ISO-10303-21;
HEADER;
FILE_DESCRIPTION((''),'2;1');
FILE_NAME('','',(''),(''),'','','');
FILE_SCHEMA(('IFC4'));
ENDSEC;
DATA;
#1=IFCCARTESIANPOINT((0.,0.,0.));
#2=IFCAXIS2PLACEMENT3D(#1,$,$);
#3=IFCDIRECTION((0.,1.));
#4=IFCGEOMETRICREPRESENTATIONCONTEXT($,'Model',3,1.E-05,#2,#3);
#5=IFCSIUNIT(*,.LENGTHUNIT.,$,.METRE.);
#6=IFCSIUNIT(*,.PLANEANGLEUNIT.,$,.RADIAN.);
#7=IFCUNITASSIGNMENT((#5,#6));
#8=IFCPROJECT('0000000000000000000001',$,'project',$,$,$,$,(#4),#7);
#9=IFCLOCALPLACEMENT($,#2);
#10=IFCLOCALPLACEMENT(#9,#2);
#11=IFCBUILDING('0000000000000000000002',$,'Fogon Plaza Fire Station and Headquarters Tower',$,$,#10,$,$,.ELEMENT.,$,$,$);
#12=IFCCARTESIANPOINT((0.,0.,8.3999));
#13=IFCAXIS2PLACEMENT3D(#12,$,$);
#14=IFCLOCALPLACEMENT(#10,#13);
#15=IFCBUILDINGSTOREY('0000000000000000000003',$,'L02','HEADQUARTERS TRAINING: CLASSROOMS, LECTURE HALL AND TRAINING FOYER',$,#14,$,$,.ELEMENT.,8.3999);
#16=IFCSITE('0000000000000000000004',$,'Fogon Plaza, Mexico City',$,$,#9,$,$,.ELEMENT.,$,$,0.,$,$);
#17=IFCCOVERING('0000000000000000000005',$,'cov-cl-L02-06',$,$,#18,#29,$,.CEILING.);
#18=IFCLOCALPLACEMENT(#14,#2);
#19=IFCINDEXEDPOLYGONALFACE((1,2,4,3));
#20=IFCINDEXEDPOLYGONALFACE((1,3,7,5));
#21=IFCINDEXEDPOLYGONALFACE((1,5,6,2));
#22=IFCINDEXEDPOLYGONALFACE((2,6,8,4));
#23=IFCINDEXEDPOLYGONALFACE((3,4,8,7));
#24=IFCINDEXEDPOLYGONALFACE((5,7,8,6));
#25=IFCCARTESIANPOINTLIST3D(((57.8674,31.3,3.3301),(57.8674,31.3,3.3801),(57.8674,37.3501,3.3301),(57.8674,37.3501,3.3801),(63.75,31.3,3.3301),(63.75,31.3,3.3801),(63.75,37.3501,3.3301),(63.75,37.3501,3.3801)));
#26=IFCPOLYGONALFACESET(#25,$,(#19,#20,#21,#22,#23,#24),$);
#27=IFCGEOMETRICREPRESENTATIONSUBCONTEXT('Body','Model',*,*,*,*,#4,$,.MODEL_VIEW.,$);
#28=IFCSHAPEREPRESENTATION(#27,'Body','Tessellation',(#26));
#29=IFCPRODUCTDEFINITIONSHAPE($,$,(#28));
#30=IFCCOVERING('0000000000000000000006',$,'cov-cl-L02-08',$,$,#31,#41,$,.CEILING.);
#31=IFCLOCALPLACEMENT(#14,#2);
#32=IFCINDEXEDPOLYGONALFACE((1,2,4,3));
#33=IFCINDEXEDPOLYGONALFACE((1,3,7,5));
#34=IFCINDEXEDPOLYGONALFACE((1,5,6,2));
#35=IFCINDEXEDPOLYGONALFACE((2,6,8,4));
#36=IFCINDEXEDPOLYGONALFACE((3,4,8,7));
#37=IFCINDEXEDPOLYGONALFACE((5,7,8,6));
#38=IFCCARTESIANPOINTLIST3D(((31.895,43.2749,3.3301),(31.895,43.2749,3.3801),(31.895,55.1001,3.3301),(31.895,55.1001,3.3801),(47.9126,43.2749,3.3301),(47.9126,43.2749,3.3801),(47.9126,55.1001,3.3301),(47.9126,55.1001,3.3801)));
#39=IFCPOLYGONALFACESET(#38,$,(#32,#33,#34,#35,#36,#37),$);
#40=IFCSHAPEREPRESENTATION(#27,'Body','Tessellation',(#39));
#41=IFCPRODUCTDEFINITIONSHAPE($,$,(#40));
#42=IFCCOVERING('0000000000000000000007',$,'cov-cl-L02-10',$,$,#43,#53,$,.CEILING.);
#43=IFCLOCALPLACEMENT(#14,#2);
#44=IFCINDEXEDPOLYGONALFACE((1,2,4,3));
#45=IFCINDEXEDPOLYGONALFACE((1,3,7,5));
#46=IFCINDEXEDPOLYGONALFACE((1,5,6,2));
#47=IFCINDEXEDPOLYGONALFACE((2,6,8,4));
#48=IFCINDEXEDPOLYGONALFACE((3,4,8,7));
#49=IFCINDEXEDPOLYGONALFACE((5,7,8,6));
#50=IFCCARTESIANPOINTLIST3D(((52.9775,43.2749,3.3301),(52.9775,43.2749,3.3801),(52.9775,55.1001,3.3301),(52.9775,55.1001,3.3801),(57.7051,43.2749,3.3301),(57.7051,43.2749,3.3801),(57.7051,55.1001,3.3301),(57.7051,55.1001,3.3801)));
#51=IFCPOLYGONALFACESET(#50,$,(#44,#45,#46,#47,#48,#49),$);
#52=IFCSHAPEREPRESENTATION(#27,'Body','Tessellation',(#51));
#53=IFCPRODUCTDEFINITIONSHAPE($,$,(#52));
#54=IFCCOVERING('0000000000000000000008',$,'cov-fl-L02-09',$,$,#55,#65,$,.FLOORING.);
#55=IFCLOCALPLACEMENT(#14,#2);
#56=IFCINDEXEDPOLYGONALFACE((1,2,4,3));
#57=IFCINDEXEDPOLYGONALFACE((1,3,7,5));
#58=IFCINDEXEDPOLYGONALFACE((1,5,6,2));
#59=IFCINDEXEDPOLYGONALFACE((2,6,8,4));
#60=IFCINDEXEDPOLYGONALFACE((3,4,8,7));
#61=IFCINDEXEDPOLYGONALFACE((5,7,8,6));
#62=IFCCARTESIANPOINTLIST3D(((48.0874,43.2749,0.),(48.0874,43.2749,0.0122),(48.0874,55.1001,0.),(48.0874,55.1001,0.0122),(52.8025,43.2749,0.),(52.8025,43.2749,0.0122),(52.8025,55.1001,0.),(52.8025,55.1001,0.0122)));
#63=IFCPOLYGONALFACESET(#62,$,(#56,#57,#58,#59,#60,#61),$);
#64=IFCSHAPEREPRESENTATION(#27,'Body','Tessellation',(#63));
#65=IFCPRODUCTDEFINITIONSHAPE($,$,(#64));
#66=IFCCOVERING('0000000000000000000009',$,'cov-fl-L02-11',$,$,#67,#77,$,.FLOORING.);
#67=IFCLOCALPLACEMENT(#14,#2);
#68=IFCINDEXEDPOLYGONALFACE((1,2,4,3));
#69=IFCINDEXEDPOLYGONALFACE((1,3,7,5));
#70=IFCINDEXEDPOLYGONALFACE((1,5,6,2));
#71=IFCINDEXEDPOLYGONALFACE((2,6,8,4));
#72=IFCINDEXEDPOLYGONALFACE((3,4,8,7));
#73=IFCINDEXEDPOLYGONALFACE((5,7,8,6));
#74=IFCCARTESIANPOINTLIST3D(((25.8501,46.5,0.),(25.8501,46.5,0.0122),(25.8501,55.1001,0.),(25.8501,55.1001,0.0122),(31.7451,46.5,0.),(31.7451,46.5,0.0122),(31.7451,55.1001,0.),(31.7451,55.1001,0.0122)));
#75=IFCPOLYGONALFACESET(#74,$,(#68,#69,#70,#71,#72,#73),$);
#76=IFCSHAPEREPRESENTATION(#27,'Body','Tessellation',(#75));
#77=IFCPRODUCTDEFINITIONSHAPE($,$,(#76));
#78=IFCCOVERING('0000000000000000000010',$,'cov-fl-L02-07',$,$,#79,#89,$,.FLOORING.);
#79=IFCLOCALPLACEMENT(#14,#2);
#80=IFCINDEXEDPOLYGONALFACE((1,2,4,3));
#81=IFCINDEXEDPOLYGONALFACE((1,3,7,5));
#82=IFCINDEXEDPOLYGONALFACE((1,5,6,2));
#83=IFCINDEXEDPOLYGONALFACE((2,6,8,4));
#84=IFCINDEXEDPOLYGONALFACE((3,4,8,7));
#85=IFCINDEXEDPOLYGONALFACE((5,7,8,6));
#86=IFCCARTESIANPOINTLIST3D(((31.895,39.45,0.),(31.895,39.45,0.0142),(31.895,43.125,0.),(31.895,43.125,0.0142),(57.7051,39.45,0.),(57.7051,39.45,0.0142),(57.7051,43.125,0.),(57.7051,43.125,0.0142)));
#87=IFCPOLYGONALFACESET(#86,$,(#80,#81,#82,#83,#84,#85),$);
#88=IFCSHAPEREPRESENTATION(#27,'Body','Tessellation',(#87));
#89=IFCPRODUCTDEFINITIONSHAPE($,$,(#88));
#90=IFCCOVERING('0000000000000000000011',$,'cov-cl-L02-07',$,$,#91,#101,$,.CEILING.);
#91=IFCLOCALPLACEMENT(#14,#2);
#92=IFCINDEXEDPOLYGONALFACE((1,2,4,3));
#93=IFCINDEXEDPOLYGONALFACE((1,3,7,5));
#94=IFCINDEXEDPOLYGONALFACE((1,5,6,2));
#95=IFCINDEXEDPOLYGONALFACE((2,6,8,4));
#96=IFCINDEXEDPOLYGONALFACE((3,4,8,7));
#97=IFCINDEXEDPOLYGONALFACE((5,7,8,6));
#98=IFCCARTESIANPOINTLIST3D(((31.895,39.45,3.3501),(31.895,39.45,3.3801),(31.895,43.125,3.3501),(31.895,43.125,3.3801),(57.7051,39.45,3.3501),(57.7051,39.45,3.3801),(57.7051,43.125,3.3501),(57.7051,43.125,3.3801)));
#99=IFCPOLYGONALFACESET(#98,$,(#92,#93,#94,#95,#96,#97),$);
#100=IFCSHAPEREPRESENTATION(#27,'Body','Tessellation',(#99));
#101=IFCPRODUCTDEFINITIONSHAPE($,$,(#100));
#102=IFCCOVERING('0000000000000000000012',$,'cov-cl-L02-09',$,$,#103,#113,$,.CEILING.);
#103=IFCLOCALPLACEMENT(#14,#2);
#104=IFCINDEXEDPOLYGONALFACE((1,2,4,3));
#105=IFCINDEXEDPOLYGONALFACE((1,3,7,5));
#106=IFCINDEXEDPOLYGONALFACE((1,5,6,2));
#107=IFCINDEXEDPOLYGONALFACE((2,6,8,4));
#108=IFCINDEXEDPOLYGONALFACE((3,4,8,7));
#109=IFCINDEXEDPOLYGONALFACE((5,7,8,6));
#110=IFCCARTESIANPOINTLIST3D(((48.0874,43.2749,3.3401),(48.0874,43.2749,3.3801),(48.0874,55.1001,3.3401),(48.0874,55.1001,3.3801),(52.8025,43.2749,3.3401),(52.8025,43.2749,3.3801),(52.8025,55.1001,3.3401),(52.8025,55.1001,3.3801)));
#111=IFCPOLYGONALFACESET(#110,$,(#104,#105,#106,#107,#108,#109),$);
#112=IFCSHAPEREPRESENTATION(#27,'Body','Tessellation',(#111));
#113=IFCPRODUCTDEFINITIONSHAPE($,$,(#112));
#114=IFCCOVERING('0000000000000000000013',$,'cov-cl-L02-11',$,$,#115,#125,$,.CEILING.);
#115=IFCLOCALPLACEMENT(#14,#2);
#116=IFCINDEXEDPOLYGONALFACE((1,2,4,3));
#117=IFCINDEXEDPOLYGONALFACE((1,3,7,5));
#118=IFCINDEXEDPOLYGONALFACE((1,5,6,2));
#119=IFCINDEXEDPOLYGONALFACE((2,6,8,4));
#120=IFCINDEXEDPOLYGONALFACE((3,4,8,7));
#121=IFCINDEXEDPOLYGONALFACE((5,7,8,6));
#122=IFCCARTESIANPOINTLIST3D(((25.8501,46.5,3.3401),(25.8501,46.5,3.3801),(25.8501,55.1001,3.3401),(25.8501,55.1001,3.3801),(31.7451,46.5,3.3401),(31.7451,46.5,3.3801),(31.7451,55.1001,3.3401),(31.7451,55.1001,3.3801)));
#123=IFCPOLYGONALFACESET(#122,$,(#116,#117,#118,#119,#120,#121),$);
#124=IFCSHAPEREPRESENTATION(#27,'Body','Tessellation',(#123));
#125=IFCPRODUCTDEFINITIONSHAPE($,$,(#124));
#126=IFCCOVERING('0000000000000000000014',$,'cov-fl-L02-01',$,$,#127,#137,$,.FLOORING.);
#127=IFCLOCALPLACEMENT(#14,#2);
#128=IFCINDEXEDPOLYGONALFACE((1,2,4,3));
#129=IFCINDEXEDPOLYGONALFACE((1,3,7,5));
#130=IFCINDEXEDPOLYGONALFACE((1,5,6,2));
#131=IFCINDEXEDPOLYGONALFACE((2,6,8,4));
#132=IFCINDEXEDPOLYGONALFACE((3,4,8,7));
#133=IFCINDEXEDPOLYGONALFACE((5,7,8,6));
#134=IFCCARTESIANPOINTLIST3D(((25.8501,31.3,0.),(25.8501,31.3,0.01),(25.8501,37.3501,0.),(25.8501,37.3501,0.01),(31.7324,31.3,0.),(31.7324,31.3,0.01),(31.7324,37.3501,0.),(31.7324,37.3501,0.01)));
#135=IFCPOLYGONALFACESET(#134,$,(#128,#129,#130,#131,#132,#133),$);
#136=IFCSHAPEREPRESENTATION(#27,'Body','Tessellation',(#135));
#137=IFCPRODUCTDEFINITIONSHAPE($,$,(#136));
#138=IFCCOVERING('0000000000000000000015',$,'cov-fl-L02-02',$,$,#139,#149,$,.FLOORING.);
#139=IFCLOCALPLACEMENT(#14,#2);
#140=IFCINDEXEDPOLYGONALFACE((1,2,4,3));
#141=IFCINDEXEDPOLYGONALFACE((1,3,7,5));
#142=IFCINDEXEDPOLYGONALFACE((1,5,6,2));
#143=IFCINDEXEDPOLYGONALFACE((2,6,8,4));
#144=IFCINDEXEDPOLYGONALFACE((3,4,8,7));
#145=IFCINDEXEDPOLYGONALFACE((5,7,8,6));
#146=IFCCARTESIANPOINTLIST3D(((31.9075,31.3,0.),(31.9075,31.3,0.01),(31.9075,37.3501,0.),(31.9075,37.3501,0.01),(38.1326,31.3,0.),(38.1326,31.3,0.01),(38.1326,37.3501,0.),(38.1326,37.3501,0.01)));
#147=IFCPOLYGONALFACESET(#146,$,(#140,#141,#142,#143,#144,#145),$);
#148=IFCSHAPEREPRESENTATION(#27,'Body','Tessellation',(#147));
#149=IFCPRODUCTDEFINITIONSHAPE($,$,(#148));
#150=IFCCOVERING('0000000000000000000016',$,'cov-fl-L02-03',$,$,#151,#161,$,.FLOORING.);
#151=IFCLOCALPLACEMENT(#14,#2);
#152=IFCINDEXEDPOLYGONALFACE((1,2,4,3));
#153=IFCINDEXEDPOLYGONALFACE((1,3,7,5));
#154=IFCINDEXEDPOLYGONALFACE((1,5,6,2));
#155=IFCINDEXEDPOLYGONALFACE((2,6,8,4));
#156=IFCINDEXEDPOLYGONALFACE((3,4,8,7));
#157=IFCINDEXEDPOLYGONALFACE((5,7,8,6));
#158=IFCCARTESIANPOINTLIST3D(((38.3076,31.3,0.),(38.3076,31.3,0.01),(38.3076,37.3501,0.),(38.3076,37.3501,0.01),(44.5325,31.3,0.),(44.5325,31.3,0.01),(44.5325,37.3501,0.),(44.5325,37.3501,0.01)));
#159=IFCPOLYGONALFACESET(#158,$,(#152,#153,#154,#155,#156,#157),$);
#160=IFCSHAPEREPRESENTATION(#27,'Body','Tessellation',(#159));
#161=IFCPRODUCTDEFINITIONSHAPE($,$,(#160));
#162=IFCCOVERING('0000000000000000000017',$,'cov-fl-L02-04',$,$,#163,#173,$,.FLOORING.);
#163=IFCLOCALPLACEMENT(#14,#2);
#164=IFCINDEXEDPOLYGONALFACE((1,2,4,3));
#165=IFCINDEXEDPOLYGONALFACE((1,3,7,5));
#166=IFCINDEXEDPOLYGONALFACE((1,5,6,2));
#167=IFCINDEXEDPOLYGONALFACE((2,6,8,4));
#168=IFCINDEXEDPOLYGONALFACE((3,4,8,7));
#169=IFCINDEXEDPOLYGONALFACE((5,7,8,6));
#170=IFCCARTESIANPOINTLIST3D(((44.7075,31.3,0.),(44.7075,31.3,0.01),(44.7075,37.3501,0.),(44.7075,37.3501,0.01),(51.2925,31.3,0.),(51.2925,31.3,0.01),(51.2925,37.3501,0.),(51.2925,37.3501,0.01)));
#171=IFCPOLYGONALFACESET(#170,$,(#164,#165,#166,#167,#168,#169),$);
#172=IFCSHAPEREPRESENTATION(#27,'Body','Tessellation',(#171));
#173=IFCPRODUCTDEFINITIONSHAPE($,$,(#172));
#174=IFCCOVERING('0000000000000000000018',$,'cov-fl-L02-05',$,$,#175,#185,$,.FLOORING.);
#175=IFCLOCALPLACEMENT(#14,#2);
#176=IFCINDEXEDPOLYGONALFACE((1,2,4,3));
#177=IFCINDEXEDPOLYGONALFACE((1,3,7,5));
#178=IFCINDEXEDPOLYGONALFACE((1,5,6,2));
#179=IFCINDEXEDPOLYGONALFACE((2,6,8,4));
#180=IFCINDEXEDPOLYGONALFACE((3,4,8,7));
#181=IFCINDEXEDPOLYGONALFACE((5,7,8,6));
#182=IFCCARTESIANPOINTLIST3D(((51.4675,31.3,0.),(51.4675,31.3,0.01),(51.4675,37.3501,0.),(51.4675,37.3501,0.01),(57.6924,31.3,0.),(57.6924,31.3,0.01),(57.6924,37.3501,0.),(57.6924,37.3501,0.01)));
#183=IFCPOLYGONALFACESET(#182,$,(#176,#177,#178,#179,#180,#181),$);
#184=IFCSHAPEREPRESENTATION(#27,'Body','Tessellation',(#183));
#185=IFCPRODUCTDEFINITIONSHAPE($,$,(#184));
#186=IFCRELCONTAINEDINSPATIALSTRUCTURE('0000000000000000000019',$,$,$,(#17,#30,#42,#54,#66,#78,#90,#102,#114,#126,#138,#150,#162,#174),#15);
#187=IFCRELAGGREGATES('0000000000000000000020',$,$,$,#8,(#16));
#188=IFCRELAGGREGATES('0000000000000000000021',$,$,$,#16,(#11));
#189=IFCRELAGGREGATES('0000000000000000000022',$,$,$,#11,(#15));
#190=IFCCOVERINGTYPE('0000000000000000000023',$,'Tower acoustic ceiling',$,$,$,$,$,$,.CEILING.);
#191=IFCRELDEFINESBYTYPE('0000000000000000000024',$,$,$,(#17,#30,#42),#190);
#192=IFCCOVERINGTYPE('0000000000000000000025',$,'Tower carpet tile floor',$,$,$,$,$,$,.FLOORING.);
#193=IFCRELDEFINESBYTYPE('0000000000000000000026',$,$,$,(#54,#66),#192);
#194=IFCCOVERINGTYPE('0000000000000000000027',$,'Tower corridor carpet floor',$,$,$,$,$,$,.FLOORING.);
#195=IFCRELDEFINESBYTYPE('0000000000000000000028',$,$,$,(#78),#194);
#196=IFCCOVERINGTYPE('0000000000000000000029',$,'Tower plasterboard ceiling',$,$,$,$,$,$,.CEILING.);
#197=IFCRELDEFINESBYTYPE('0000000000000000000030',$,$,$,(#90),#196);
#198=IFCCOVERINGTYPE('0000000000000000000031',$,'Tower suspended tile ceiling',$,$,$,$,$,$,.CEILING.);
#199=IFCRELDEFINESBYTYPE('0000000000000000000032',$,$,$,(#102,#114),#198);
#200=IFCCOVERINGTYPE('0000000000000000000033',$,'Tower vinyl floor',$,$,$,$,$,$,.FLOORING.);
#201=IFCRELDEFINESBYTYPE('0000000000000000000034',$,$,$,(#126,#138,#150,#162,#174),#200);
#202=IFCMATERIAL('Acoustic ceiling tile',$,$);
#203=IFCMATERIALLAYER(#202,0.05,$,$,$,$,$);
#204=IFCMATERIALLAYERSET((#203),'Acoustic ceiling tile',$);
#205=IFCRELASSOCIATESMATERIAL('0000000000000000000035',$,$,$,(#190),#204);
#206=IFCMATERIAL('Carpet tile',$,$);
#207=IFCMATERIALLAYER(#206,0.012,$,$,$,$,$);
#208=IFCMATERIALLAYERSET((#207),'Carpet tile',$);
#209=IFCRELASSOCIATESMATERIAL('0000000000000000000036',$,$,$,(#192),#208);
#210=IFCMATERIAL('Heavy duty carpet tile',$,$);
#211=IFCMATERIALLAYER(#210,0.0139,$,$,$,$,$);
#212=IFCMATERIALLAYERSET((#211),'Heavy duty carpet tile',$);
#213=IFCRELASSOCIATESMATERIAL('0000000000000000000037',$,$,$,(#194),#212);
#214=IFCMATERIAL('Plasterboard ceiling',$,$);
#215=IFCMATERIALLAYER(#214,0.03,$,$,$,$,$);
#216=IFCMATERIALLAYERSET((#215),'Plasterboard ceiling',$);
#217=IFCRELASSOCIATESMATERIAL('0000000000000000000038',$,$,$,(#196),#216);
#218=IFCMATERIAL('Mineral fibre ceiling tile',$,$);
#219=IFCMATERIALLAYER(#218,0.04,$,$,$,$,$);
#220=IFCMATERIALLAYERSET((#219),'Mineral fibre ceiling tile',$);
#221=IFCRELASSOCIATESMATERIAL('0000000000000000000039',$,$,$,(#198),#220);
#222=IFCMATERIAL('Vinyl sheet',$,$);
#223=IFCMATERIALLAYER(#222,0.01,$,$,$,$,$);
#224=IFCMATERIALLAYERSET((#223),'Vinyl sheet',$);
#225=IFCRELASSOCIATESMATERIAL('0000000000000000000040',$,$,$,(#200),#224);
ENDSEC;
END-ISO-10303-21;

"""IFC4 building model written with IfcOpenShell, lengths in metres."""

from ifc_helpers import new_model, si_unit, direction, frame, origin, place, context, subcontext, project, spatial, polyline, outline, extrude, material, layer, layer_set, type_object, element, save


model = new_model("IFC4")

# Units and contexts
model_context = context("Model", 3, precision=1e-05, world=origin(), true_north=direction((0.0, 1.0)))
body_context = subcontext(model_context, "Body", "Model", "MODEL_VIEW")
ifc_project = project(units=[si_unit("LENGTHUNIT", "METRE"), si_unit("PLANEANGLEUNIT", "RADIAN")], contexts=[model_context])

# Site, building, storey
site_placement = place(None, origin())
site = spatial("IfcSite", under=ifc_project, at=site_placement, Name="Fogon Plaza, Mexico City", CompositionType="ELEMENT", RefElevation=0.0)
building_placement = place(site_placement, origin())
building = spatial("IfcBuilding", under=site, at=building_placement, Name="Fogon Plaza Fire Station and Headquarters Tower", CompositionType="ELEMENT")
storey_placement = place(building_placement, frame((0.0, 0.0, 8.3999)))
storey = spatial("IfcBuildingStorey", under=building, at=storey_placement, Name="L02", Description="HEADQUARTERS TRAINING: CLASSROOMS, LECTURE HALL AND TRAINING FOYER", CompositionType="ELEMENT", Elevation=8.3999)

# Coverings
ifc_material_1 = material(Name="Acoustic ceiling tile")
ifc_layer_1 = layer(ifc_material_1, 0.05)
ifc_layer_set_1 = layer_set([ifc_layer_1], Name="Acoustic ceiling tile")
covering_type_1 = type_object("IfcCoveringType", Name="Tower acoustic ceiling", PredefinedType="CEILING", material=ifc_layer_set_1)
covering_1_placement = place(storey_placement, frame((0.0, 0.0, 3.3301)))
element("IfcCovering", 1, at=covering_1_placement, inside=storey, type_object=covering_type_1, Name="cov-cl-L02-06", PredefinedType="CEILING", context=body_context, shape_type="SweptSolid", body=[
    extrude(outline(polyline([(63.75, 31.3), (63.75, 37.3501), (57.8674, 37.3501), (57.8674, 31.3), (63.75, 31.3)])), origin(), (0.0, 0.0, 1.0), 0.05),
])
covering_2_placement = place(storey_placement, frame((0.0, 0.0, 3.3301)))
element("IfcCovering", 2, at=covering_2_placement, inside=storey, type_object=covering_type_1, Name="cov-cl-L02-08", PredefinedType="CEILING", context=body_context, shape_type="SweptSolid", body=[
    extrude(outline(polyline([(47.9126, 43.2749), (47.9126, 55.1001), (31.895, 55.1001), (31.895, 43.2749), (47.9126, 43.2749)])), origin(), (0.0, 0.0, 1.0), 0.05),
])
covering_3_placement = place(storey_placement, frame((0.0, 0.0, 3.3301)))
element("IfcCovering", 3, at=covering_3_placement, inside=storey, type_object=covering_type_1, Name="cov-cl-L02-10", PredefinedType="CEILING", context=body_context, shape_type="SweptSolid", body=[
    extrude(outline(polyline([(57.7051, 43.2749), (57.7051, 55.1001), (52.9775, 55.1001), (52.9775, 43.2749), (57.7051, 43.2749)])), origin(), (0.0, 0.0, 1.0), 0.05),
])
ifc_material_2 = material(Name="Carpet tile")
ifc_layer_2 = layer(ifc_material_2, 0.012)
ifc_layer_set_2 = layer_set([ifc_layer_2], Name="Carpet tile")
covering_type_2 = type_object("IfcCoveringType", Name="Tower carpet tile floor", PredefinedType="FLOORING", material=ifc_layer_set_2)
covering_4_placement = place(storey_placement, origin())
element("IfcCovering", 4, at=covering_4_placement, inside=storey, type_object=covering_type_2, Name="cov-fl-L02-09", PredefinedType="FLOORING", context=body_context, shape_type="SweptSolid", body=[
    extrude(outline(polyline([(52.8025, 43.2749), (52.8025, 55.1001), (48.0874, 55.1001), (48.0874, 43.2749), (52.8025, 43.2749)])), origin(), (0.0, 0.0, 1.0), 0.0122),
])
covering_5_placement = place(storey_placement, origin())
element("IfcCovering", 5, at=covering_5_placement, inside=storey, type_object=covering_type_2, Name="cov-fl-L02-11", PredefinedType="FLOORING", context=body_context, shape_type="SweptSolid", body=[
    extrude(outline(polyline([(31.7451, 46.5), (31.7451, 55.1001), (25.8501, 55.1001), (25.8501, 46.5), (31.7451, 46.5)])), origin(), (0.0, 0.0, 1.0), 0.0122),
])
ifc_material_3 = material(Name="Heavy duty carpet tile")
ifc_layer_3 = layer(ifc_material_3, 0.0139)
ifc_layer_set_3 = layer_set([ifc_layer_3], Name="Heavy duty carpet tile")
covering_type_3 = type_object("IfcCoveringType", Name="Tower corridor carpet floor", PredefinedType="FLOORING", material=ifc_layer_set_3)
covering_6_placement = place(storey_placement, origin())
element("IfcCovering", 6, at=covering_6_placement, inside=storey, type_object=covering_type_3, Name="cov-fl-L02-07", PredefinedType="FLOORING", context=body_context, shape_type="SweptSolid", body=[
    extrude(outline(polyline([(57.7051, 39.45), (57.7051, 43.125), (31.895, 43.125), (31.895, 39.45), (57.7051, 39.45)])), origin(), (0.0, 0.0, 1.0), 0.0142),
])
ifc_material_4 = material(Name="Plasterboard ceiling")
ifc_layer_4 = layer(ifc_material_4, 0.03)
ifc_layer_set_4 = layer_set([ifc_layer_4], Name="Plasterboard ceiling")
covering_type_4 = type_object("IfcCoveringType", Name="Tower plasterboard ceiling", PredefinedType="CEILING", material=ifc_layer_set_4)
covering_7_placement = place(storey_placement, frame((0.0, 0.0, 3.3501)))
element("IfcCovering", 7, at=covering_7_placement, inside=storey, type_object=covering_type_4, Name="cov-cl-L02-07", PredefinedType="CEILING", context=body_context, shape_type="SweptSolid", body=[
    extrude(outline(polyline([(57.7051, 39.45), (57.7051, 43.125), (31.895, 43.125), (31.895, 39.45), (57.7051, 39.45)])), origin(), (0.0, 0.0, 1.0), 0.03),
])
ifc_material_5 = material(Name="Mineral fibre ceiling tile")
ifc_layer_5 = layer(ifc_material_5, 0.04)
ifc_layer_set_5 = layer_set([ifc_layer_5], Name="Mineral fibre ceiling tile")
covering_type_5 = type_object("IfcCoveringType", Name="Tower suspended tile ceiling", PredefinedType="CEILING", material=ifc_layer_set_5)
covering_8_placement = place(storey_placement, frame((0.0, 0.0, 3.3401)))
element("IfcCovering", 8, at=covering_8_placement, inside=storey, type_object=covering_type_5, Name="cov-cl-L02-09", PredefinedType="CEILING", context=body_context, shape_type="SweptSolid", body=[
    extrude(outline(polyline([(52.8025, 43.2749), (52.8025, 55.1001), (48.0874, 55.1001), (48.0874, 43.2749), (52.8025, 43.2749)])), origin(), (0.0, 0.0, 1.0), 0.04),
])
covering_9_placement = place(storey_placement, frame((0.0, 0.0, 3.3401)))
element("IfcCovering", 9, at=covering_9_placement, inside=storey, type_object=covering_type_5, Name="cov-cl-L02-11", PredefinedType="CEILING", context=body_context, shape_type="SweptSolid", body=[
    extrude(outline(polyline([(31.7451, 46.5), (31.7451, 55.1001), (25.8501, 55.1001), (25.8501, 46.5), (31.7451, 46.5)])), origin(), (0.0, 0.0, 1.0), 0.04),
])
ifc_material_6 = material(Name="Vinyl sheet")
ifc_layer_6 = layer(ifc_material_6, 0.01)
ifc_layer_set_6 = layer_set([ifc_layer_6], Name="Vinyl sheet")
covering_type_6 = type_object("IfcCoveringType", Name="Tower vinyl floor", PredefinedType="FLOORING", material=ifc_layer_set_6)
covering_10_placement = place(storey_placement, origin())
element("IfcCovering", 10, at=covering_10_placement, inside=storey, type_object=covering_type_6, Name="cov-fl-L02-01", PredefinedType="FLOORING", context=body_context, shape_type="SweptSolid", body=[
    extrude(outline(polyline([(31.7324, 31.3), (31.7324, 37.3501), (25.8501, 37.3501), (25.8501, 31.3), (31.7324, 31.3)])), origin(), (0.0, 0.0, 1.0), 0.01),
])
covering_11_placement = place(storey_placement, origin())
element("IfcCovering", 11, at=covering_11_placement, inside=storey, type_object=covering_type_6, Name="cov-fl-L02-02", PredefinedType="FLOORING", context=body_context, shape_type="SweptSolid", body=[
    extrude(outline(polyline([(38.1326, 31.3), (38.1326, 37.3501), (31.9075, 37.3501), (31.9075, 31.3), (38.1326, 31.3)])), origin(), (0.0, 0.0, 1.0), 0.01),
])
covering_12_placement = place(storey_placement, origin())
element("IfcCovering", 12, at=covering_12_placement, inside=storey, type_object=covering_type_6, Name="cov-fl-L02-03", PredefinedType="FLOORING", context=body_context, shape_type="SweptSolid", body=[
    extrude(outline(polyline([(44.5325, 31.3), (44.5325, 37.3501), (38.3076, 37.3501), (38.3076, 31.3), (44.5325, 31.3)])), origin(), (0.0, 0.0, 1.0), 0.01),
])
covering_13_placement = place(storey_placement, origin())
element("IfcCovering", 13, at=covering_13_placement, inside=storey, type_object=covering_type_6, Name="cov-fl-L02-04", PredefinedType="FLOORING", context=body_context, shape_type="SweptSolid", body=[
    extrude(outline(polyline([(51.2925, 31.3), (51.2925, 37.3501), (44.7075, 37.3501), (44.7075, 31.3), (51.2925, 31.3)])), origin(), (0.0, 0.0, 1.0), 0.01),
])
covering_14_placement = place(storey_placement, origin())
element("IfcCovering", 14, at=covering_14_placement, inside=storey, type_object=covering_type_6, Name="cov-fl-L02-05", PredefinedType="FLOORING", context=body_context, shape_type="SweptSolid", body=[
    extrude(outline(polyline([(57.6924, 31.3), (57.6924, 37.3501), (51.4675, 37.3501), (51.4675, 31.3), (57.6924, 31.3)])), origin(), (0.0, 0.0, 1.0), 0.01),
])

save(model, "model.ifc")
